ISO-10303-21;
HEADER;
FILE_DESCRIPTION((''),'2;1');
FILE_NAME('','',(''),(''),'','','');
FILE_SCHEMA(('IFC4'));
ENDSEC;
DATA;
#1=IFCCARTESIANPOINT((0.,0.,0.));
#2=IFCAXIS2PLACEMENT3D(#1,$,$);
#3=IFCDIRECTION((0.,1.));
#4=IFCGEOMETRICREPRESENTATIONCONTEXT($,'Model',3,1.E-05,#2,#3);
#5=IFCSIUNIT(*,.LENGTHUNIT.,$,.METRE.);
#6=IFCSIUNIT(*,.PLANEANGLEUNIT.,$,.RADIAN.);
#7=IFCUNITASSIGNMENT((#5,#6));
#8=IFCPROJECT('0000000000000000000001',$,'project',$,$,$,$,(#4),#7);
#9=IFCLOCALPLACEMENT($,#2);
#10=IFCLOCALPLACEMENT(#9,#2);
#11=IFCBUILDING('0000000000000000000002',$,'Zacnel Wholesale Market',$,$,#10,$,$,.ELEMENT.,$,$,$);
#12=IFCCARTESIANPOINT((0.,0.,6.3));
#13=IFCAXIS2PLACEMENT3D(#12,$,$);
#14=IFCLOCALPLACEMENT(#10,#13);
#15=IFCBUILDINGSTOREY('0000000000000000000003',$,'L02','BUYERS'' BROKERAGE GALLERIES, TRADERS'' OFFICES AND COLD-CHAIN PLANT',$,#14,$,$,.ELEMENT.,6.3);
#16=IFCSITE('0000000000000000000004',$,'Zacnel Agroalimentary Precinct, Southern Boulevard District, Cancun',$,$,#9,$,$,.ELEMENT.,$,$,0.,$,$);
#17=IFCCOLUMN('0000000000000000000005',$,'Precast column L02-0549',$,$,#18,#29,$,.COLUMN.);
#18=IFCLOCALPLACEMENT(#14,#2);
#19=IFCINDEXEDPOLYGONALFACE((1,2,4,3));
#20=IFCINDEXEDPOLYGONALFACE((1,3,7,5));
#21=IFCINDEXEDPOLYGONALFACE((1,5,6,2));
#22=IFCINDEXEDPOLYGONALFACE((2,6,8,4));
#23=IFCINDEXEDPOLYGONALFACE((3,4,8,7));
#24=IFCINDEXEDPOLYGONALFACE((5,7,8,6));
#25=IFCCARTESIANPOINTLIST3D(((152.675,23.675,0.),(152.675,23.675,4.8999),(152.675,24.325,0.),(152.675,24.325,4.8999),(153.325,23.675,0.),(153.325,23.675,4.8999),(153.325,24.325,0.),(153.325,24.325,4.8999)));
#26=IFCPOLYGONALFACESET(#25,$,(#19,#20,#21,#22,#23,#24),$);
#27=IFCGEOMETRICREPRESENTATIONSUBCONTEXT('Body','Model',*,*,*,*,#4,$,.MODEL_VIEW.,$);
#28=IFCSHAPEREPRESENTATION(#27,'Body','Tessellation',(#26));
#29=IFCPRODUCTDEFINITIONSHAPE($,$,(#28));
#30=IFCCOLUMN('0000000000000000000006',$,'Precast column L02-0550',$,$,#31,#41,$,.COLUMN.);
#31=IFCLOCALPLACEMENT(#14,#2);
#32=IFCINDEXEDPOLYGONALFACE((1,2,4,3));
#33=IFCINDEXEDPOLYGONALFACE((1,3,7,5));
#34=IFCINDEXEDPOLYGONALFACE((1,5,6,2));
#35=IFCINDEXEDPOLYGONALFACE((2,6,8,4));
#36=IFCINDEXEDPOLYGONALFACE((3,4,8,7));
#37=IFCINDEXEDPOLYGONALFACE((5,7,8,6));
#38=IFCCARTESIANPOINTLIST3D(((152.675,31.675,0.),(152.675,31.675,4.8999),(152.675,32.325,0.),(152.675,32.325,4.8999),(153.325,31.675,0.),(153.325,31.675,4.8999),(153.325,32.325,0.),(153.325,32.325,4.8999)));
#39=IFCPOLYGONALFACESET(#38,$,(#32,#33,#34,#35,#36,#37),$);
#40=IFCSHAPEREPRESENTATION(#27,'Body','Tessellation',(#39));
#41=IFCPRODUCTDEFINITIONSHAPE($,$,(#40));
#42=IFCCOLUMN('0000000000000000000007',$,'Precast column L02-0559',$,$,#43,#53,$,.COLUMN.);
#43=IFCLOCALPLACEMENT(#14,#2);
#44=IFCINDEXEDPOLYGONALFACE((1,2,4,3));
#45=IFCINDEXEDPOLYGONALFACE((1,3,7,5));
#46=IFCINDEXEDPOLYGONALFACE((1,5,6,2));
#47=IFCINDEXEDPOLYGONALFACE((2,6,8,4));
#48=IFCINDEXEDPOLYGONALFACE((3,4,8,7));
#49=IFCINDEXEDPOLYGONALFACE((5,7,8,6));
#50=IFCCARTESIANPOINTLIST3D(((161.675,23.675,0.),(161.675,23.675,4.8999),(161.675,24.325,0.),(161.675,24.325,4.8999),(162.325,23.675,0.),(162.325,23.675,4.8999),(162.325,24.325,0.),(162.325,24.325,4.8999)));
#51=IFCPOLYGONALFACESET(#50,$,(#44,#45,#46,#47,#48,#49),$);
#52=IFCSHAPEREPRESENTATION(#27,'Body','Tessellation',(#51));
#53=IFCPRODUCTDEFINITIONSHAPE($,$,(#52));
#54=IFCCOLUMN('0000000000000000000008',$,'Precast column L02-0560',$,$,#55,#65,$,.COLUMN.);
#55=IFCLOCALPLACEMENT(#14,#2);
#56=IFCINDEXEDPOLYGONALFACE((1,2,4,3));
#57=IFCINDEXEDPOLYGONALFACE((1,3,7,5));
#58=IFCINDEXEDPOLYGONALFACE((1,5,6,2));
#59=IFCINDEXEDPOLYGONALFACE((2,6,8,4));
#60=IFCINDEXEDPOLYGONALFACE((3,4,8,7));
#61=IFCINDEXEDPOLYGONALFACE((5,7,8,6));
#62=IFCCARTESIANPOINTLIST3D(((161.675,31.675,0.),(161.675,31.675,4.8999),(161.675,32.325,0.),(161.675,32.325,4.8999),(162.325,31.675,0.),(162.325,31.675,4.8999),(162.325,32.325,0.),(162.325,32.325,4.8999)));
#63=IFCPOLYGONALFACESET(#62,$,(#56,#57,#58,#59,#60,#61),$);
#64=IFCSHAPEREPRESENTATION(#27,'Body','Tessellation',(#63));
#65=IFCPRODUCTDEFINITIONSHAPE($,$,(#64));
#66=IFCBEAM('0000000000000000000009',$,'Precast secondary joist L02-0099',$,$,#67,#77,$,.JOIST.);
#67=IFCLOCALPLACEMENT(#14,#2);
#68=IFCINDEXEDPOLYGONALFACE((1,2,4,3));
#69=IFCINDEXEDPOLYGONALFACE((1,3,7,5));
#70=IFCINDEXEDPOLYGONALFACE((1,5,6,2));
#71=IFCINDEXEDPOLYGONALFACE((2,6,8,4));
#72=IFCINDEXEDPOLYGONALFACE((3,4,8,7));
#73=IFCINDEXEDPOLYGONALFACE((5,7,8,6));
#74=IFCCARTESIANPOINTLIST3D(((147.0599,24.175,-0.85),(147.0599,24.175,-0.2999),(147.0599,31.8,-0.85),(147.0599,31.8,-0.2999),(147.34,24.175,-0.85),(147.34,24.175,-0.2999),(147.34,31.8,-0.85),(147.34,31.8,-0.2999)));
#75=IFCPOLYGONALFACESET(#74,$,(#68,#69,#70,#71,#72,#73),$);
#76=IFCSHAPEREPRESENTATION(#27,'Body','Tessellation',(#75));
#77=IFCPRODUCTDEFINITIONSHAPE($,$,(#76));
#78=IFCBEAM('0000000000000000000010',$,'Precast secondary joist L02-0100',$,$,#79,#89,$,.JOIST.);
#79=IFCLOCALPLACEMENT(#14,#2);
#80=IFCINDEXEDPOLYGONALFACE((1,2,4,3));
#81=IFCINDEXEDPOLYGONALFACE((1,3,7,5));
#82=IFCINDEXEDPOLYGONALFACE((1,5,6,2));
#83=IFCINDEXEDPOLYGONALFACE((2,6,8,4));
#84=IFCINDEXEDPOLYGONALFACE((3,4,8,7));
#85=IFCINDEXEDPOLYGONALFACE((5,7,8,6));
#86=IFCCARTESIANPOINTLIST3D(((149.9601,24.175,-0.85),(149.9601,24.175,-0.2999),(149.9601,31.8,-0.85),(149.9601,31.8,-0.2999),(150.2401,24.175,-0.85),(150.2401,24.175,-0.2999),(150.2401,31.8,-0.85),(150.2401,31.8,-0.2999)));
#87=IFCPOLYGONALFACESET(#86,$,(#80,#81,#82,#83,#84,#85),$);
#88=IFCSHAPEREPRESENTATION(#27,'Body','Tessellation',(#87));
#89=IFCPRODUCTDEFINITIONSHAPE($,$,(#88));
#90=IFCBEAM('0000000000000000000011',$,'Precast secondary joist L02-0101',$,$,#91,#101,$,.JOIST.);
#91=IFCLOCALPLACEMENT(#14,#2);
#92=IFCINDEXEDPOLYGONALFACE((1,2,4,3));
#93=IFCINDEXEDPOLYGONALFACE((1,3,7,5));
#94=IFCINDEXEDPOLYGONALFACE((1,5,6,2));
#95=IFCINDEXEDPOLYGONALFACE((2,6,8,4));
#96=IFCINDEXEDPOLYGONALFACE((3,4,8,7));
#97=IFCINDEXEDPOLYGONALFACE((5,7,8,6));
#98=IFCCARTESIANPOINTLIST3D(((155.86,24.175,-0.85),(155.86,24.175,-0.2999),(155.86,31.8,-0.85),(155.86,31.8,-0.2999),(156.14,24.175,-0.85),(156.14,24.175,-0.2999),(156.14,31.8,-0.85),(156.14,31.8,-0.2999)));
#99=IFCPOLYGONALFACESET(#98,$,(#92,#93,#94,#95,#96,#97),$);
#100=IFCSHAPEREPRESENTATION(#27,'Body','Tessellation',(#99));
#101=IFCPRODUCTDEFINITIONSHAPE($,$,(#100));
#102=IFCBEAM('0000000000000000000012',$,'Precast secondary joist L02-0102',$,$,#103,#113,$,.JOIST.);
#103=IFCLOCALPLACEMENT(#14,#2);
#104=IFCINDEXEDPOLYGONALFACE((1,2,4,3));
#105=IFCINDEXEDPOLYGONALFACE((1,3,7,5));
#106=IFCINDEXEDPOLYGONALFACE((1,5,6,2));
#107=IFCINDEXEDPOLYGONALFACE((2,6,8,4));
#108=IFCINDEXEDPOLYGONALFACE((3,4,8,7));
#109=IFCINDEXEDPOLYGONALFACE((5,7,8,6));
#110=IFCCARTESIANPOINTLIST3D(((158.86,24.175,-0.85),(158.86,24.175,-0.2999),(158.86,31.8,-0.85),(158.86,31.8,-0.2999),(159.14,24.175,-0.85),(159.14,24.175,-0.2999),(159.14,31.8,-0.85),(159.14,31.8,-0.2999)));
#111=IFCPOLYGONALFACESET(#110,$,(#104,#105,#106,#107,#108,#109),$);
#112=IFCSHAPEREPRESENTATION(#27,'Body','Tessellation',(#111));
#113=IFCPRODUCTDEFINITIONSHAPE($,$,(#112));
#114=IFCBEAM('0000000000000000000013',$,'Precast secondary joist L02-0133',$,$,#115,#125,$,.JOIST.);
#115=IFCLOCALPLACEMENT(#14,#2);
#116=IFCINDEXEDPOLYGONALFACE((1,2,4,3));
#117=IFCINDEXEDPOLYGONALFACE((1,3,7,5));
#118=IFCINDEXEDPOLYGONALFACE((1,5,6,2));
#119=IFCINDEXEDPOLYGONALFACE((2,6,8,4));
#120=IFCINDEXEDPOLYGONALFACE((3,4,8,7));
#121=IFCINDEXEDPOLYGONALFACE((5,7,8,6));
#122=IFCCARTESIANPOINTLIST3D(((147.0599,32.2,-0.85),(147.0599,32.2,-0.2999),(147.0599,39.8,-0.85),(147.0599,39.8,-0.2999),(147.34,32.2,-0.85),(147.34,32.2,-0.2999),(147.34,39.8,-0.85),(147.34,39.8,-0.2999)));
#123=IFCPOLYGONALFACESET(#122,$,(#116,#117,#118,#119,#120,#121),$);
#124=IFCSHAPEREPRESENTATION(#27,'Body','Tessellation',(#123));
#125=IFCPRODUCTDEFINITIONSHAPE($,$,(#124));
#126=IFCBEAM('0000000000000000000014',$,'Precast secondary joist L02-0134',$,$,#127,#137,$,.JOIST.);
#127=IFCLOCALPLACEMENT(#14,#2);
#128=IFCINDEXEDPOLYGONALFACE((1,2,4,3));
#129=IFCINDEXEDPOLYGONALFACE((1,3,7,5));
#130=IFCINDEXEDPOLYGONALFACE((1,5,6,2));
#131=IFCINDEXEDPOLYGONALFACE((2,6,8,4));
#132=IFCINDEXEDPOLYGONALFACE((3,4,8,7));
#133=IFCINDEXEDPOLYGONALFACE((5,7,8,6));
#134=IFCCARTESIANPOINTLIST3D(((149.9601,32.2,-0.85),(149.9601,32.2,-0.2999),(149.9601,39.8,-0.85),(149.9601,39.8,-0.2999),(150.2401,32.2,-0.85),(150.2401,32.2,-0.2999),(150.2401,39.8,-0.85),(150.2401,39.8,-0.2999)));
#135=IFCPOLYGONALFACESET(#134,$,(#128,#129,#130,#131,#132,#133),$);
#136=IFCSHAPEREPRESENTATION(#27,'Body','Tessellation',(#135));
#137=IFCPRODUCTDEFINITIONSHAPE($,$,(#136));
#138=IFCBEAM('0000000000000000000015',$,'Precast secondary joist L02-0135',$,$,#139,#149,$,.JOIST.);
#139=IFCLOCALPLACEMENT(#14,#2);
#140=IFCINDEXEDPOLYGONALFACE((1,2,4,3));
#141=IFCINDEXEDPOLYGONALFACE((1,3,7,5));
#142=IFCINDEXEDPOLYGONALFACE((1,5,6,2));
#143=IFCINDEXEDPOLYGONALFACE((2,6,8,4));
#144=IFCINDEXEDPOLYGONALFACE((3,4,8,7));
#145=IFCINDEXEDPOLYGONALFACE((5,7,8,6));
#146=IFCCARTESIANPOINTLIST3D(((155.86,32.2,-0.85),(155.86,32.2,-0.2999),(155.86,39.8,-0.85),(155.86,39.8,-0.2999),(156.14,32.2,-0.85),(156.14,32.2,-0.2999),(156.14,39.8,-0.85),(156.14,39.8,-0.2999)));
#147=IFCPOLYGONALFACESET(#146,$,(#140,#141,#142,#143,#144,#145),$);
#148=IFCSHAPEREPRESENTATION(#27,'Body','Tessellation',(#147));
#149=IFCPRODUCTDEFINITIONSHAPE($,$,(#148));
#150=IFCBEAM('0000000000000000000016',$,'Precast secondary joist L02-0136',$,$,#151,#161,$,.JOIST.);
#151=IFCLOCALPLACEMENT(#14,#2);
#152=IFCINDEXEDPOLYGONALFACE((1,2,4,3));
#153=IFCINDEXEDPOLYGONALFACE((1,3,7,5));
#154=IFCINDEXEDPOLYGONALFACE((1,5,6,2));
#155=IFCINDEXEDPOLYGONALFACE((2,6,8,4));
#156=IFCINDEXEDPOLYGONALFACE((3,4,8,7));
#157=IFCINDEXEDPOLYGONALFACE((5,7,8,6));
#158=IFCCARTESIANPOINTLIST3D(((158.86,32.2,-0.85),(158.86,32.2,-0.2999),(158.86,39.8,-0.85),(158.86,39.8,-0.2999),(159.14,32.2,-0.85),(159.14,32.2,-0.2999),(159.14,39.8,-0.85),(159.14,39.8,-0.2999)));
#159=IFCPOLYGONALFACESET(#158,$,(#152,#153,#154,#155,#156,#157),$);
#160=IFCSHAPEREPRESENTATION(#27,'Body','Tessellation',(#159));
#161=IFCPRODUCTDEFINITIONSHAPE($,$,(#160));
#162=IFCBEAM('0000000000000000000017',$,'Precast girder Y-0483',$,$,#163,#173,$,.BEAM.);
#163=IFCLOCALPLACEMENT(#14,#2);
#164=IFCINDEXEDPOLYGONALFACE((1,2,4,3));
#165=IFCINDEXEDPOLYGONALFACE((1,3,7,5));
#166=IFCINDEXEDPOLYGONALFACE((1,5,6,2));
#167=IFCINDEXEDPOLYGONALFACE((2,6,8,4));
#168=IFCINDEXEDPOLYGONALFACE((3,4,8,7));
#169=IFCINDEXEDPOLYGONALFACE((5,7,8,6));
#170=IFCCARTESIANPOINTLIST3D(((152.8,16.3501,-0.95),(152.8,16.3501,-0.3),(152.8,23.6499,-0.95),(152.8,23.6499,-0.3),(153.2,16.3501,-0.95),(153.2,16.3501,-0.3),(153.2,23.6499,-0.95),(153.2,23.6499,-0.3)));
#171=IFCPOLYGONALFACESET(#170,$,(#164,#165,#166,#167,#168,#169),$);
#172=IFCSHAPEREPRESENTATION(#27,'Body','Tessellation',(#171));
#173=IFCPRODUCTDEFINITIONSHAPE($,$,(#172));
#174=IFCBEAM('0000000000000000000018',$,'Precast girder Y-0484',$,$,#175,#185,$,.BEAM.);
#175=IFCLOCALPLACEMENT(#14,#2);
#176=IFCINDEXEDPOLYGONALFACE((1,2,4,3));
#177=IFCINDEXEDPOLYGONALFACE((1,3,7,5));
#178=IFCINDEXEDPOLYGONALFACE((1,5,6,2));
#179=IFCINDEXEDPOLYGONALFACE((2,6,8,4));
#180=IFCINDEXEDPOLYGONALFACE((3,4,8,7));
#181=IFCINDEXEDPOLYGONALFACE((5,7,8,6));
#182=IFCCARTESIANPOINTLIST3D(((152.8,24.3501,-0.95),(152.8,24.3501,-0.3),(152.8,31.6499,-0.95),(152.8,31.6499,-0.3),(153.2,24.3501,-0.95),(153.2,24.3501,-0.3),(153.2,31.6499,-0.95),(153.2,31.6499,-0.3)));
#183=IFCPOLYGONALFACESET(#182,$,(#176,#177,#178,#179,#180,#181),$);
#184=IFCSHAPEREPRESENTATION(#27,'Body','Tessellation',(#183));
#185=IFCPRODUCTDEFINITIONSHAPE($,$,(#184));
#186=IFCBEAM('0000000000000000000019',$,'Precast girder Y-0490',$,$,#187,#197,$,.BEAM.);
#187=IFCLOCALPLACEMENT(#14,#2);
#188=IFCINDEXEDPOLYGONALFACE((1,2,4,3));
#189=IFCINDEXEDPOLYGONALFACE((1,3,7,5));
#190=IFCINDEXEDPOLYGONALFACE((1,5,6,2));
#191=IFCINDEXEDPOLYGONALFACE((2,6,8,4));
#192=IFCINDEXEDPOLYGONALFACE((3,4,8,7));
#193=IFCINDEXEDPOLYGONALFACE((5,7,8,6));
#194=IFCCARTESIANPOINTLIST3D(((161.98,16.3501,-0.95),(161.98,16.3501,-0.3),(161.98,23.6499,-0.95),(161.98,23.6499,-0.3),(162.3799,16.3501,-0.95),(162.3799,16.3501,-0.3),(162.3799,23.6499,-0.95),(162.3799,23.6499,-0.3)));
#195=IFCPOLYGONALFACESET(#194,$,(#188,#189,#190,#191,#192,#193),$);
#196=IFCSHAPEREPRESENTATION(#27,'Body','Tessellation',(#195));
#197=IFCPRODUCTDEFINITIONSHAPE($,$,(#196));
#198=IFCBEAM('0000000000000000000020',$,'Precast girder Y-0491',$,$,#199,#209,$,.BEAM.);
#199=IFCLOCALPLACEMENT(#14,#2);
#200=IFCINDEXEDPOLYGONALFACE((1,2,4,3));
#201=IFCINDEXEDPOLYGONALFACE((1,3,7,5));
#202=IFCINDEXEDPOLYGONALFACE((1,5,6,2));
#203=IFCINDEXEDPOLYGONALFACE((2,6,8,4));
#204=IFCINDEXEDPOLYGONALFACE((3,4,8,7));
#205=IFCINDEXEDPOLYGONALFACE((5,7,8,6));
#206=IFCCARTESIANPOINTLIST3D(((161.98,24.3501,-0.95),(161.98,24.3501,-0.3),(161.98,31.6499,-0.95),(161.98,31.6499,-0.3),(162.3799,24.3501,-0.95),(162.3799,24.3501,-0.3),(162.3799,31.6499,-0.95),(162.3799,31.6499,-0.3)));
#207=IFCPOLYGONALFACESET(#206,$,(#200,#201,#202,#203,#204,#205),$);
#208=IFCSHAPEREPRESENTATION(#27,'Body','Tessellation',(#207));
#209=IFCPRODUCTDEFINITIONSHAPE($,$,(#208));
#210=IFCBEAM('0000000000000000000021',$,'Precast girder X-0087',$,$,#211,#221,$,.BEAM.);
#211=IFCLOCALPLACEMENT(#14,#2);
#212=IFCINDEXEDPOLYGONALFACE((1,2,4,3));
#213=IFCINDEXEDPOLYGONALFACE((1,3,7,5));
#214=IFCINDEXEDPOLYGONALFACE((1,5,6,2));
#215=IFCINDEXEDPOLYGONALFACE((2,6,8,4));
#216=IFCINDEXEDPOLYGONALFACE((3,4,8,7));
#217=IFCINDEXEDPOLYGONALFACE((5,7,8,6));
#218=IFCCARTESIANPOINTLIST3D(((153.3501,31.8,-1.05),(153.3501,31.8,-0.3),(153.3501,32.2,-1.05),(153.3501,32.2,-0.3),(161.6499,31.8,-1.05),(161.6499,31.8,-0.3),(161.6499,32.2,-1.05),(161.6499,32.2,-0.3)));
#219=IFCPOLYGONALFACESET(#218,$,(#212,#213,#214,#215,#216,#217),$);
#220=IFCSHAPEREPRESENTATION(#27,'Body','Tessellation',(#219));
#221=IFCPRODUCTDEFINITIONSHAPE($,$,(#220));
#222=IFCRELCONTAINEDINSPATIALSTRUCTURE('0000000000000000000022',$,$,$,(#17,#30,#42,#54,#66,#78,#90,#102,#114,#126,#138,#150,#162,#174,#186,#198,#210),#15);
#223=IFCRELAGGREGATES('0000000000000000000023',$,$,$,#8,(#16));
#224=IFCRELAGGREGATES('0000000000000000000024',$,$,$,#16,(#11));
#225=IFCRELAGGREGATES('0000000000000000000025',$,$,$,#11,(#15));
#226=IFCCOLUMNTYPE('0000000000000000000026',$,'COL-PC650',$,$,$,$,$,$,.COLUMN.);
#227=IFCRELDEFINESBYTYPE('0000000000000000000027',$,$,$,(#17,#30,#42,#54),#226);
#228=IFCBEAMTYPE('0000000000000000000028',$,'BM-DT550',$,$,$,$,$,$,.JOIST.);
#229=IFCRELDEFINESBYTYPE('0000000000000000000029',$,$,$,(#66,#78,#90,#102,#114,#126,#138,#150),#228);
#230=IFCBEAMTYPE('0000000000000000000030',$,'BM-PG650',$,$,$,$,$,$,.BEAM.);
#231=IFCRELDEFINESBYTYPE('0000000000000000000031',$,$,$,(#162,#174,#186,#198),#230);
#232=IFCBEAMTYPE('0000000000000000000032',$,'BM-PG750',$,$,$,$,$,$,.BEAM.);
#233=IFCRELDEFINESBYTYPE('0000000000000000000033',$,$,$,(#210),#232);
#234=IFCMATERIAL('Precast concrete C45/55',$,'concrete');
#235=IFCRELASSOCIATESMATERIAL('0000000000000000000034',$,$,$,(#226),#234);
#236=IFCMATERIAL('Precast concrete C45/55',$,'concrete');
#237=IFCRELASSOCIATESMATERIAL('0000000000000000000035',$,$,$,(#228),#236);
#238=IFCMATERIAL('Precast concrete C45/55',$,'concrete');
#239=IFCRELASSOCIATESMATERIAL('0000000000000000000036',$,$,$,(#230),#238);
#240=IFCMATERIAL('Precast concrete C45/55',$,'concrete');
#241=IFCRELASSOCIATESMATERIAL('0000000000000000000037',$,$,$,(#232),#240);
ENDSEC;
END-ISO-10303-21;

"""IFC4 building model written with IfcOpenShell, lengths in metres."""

from ifc_helpers import new_model, si_unit, direction, frame, origin, origin_2d, place, context, subcontext, project, spatial, rectangle, extrude, material, material_profile, profile_set, type_object, element, save


model = new_model("IFC4")

# Units and contexts
model_context = context("Model", 3, precision=1e-05, world=origin(), true_north=direction((0.0, 1.0)))
body_context = subcontext(model_context, "Body", "Model", "MODEL_VIEW")
ifc_project = project(units=[si_unit("LENGTHUNIT", "METRE"), si_unit("PLANEANGLEUNIT", "RADIAN")], contexts=[model_context])

# Site, building, storey
site_placement = place(None, origin())
site = spatial("IfcSite", under=ifc_project, at=site_placement, Name="Zacnel Agroalimentary Precinct, Southern Boulevard District, Cancun", CompositionType="ELEMENT", RefElevation=0.0)
building_placement = place(site_placement, origin())
building = spatial("IfcBuilding", under=site, at=building_placement, Name="Zacnel Wholesale Market", CompositionType="ELEMENT")
storey_placement = place(building_placement, frame((0.0, 0.0, 6.3)))
storey = spatial("IfcBuildingStorey", under=building, at=storey_placement, Name="L02", Description="BUYERS' BROKERAGE GALLERIES, TRADERS' OFFICES AND COLD-CHAIN PLANT", CompositionType="ELEMENT", Elevation=6.3)

# Columns
ifc_material_1 = material(Name="Precast concrete C45/55", Category="concrete")
ifc_material_profile_1 = material_profile(ifc_material_1, rectangle(XDim=0.6499, YDim=0.6499, at=origin_2d()), Name="PC 650x650")
ifc_profile_set_1 = profile_set([ifc_material_profile_1], Name="Precast concrete C45/55")
column_type = type_object("IfcColumnType", Name="COL-PC650", PredefinedType="COLUMN", material=ifc_profile_set_1)
for number, where, z_axis, x_axis, name in (
    (1, (153.0, 24.0, 0.0), (0.0, 0.0, 1.0), (1.0, 0.0, 0.0), "Precast column L02-0549"),
    (2, (153.0, 32.0, 0.0), (0.0, 0.0, 1.0), (1.0, 0.0, 0.0), "Precast column L02-0550"),
    (3, (162.0, 24.0, 0.0), (0.0, 0.0, 1.0), (1.0, 0.0, 0.0), "Precast column L02-0559"),
    (4, (162.0, 32.0, 0.0), (0.0, 0.0, 1.0), (1.0, 0.0, 0.0), "Precast column L02-0560"),
):
    element("IfcColumn", number, at=place(storey_placement, frame(where, z_axis=z_axis, x_axis=x_axis)), inside=storey, type_object=column_type, Name=name, PredefinedType="COLUMN", context=body_context, shape_type="SweptSolid", body=[
        extrude(rectangle(XDim=0.6499, YDim=0.6499, at=origin_2d()), origin(), (0.0, 0.0, 1.0), 4.8999),
    ])

# Beams
ifc_material_2 = material(Name="Precast concrete C45/55", Category="concrete")
ifc_material_profile_2 = material_profile(ifc_material_2, rectangle(XDim=0.28, YDim=0.55, at=origin_2d()), Name="DT RIB 280x550")
ifc_profile_set_2 = profile_set([ifc_material_profile_2], Name="Precast concrete C45/55")
beam_type_1 = type_object("IfcBeamType", Name="BM-DT550", PredefinedType="JOIST", material=ifc_profile_set_2)
for number, where, z_axis, x_axis, name in (
    (5, (147.2, 24.175, -0.575), (0.0, 1.0, 0.0), (-1.0, 0.0, 0.0), "Precast secondary joist L02-0099"),
    (6, (150.1001, 24.175, -0.575), (0.0, 1.0, 0.0), (-1.0, 0.0, 0.0), "Precast secondary joist L02-0100"),
    (7, (156.0, 24.175, -0.575), (0.0, 1.0, 0.0), (-1.0, 0.0, 0.0), "Precast secondary joist L02-0101"),
    (8, (159.0, 24.175, -0.575), (0.0, 1.0, 0.0), (-1.0, 0.0, 0.0), "Precast secondary joist L02-0102"),
):
    element("IfcBeam", number, at=place(storey_placement, frame(where, z_axis=z_axis, x_axis=x_axis)), inside=storey, type_object=beam_type_1, Name=name, PredefinedType="JOIST", context=body_context, shape_type="SweptSolid", body=[
        extrude(rectangle(XDim=0.28, YDim=0.55, at=origin_2d()), origin(), (0.0, 0.0, 1.0), 7.625),
    ])
for number, where, z_axis, x_axis, name in (
    (9, (147.2, 32.2, -0.575), (0.0, 1.0, 0.0), (-1.0, 0.0, 0.0), "Precast secondary joist L02-0133"),
    (10, (150.1001, 32.2, -0.575), (0.0, 1.0, 0.0), (-1.0, 0.0, 0.0), "Precast secondary joist L02-0134"),
    (11, (156.0, 32.2, -0.575), (0.0, 1.0, 0.0), (-1.0, 0.0, 0.0), "Precast secondary joist L02-0135"),
    (12, (159.0, 32.2, -0.575), (0.0, 1.0, 0.0), (-1.0, 0.0, 0.0), "Precast secondary joist L02-0136"),
):
    element("IfcBeam", number, at=place(storey_placement, frame(where, z_axis=z_axis, x_axis=x_axis)), inside=storey, type_object=beam_type_1, Name=name, PredefinedType="JOIST", context=body_context, shape_type="SweptSolid", body=[
        extrude(rectangle(XDim=0.28, YDim=0.55, at=origin_2d()), origin(), (0.0, 0.0, 1.0), 7.6001),
    ])
ifc_material_3 = material(Name="Precast concrete C45/55", Category="concrete")
ifc_material_profile_3 = material_profile(ifc_material_3, rectangle(XDim=0.3999, YDim=0.6499, at=origin_2d()), Name="PG 400x650")
ifc_profile_set_3 = profile_set([ifc_material_profile_3], Name="Precast concrete C45/55")
beam_type_2 = type_object("IfcBeamType", Name="BM-PG650", PredefinedType="BEAM", material=ifc_profile_set_3)
for number, where, z_axis, x_axis, name in (
    (13, (153.0, 16.3501, -0.625), (0.0, 1.0, 0.0), (-1.0, 0.0, 0.0), "Precast girder Y-0483"),
    (14, (153.0, 24.3501, -0.625), (0.0, 1.0, 0.0), (-1.0, 0.0, 0.0), "Precast girder Y-0484"),
    (15, (162.1799, 16.3501, -0.625), (0.0, 1.0, 0.0), (-1.0, 0.0, 0.0), "Precast girder Y-0490"),
    (16, (162.1799, 24.3501, -0.625), (0.0, 1.0, 0.0), (-1.0, 0.0, 0.0), "Precast girder Y-0491"),
):
    element("IfcBeam", number, at=place(storey_placement, frame(where, z_axis=z_axis, x_axis=x_axis)), inside=storey, type_object=beam_type_2, Name=name, PredefinedType="BEAM", context=body_context, shape_type="SweptSolid", body=[
        extrude(rectangle(XDim=0.3999, YDim=0.6499, at=origin_2d()), origin(), (0.0, 0.0, 1.0), 7.2998),
    ])
ifc_material_4 = material(Name="Precast concrete C45/55", Category="concrete")
ifc_material_profile_4 = material_profile(ifc_material_4, rectangle(XDim=0.3999, YDim=0.75, at=origin_2d()), Name="PG 400x750")
ifc_profile_set_4 = profile_set([ifc_material_profile_4], Name="Precast concrete C45/55")
beam_type_3 = type_object("IfcBeamType", Name="BM-PG750", PredefinedType="BEAM", material=ifc_profile_set_4)
for number, where, z_axis, x_axis, name in (
    (17, (153.3501, 32.0, -0.675), (1.0, 0.0, 0.0), (0.0, 1.0, 0.0), "Precast girder X-0087"),
):
    element("IfcBeam", number, at=place(storey_placement, frame(where, z_axis=z_axis, x_axis=x_axis)), inside=storey, type_object=beam_type_3, Name=name, PredefinedType="BEAM", context=body_context, shape_type="SweptSolid", body=[
        extrude(rectangle(XDim=0.3999, YDim=0.75, at=origin_2d()), origin(), (0.0, 0.0, 1.0), 8.2998),
    ])

save(model, "model.ifc")
